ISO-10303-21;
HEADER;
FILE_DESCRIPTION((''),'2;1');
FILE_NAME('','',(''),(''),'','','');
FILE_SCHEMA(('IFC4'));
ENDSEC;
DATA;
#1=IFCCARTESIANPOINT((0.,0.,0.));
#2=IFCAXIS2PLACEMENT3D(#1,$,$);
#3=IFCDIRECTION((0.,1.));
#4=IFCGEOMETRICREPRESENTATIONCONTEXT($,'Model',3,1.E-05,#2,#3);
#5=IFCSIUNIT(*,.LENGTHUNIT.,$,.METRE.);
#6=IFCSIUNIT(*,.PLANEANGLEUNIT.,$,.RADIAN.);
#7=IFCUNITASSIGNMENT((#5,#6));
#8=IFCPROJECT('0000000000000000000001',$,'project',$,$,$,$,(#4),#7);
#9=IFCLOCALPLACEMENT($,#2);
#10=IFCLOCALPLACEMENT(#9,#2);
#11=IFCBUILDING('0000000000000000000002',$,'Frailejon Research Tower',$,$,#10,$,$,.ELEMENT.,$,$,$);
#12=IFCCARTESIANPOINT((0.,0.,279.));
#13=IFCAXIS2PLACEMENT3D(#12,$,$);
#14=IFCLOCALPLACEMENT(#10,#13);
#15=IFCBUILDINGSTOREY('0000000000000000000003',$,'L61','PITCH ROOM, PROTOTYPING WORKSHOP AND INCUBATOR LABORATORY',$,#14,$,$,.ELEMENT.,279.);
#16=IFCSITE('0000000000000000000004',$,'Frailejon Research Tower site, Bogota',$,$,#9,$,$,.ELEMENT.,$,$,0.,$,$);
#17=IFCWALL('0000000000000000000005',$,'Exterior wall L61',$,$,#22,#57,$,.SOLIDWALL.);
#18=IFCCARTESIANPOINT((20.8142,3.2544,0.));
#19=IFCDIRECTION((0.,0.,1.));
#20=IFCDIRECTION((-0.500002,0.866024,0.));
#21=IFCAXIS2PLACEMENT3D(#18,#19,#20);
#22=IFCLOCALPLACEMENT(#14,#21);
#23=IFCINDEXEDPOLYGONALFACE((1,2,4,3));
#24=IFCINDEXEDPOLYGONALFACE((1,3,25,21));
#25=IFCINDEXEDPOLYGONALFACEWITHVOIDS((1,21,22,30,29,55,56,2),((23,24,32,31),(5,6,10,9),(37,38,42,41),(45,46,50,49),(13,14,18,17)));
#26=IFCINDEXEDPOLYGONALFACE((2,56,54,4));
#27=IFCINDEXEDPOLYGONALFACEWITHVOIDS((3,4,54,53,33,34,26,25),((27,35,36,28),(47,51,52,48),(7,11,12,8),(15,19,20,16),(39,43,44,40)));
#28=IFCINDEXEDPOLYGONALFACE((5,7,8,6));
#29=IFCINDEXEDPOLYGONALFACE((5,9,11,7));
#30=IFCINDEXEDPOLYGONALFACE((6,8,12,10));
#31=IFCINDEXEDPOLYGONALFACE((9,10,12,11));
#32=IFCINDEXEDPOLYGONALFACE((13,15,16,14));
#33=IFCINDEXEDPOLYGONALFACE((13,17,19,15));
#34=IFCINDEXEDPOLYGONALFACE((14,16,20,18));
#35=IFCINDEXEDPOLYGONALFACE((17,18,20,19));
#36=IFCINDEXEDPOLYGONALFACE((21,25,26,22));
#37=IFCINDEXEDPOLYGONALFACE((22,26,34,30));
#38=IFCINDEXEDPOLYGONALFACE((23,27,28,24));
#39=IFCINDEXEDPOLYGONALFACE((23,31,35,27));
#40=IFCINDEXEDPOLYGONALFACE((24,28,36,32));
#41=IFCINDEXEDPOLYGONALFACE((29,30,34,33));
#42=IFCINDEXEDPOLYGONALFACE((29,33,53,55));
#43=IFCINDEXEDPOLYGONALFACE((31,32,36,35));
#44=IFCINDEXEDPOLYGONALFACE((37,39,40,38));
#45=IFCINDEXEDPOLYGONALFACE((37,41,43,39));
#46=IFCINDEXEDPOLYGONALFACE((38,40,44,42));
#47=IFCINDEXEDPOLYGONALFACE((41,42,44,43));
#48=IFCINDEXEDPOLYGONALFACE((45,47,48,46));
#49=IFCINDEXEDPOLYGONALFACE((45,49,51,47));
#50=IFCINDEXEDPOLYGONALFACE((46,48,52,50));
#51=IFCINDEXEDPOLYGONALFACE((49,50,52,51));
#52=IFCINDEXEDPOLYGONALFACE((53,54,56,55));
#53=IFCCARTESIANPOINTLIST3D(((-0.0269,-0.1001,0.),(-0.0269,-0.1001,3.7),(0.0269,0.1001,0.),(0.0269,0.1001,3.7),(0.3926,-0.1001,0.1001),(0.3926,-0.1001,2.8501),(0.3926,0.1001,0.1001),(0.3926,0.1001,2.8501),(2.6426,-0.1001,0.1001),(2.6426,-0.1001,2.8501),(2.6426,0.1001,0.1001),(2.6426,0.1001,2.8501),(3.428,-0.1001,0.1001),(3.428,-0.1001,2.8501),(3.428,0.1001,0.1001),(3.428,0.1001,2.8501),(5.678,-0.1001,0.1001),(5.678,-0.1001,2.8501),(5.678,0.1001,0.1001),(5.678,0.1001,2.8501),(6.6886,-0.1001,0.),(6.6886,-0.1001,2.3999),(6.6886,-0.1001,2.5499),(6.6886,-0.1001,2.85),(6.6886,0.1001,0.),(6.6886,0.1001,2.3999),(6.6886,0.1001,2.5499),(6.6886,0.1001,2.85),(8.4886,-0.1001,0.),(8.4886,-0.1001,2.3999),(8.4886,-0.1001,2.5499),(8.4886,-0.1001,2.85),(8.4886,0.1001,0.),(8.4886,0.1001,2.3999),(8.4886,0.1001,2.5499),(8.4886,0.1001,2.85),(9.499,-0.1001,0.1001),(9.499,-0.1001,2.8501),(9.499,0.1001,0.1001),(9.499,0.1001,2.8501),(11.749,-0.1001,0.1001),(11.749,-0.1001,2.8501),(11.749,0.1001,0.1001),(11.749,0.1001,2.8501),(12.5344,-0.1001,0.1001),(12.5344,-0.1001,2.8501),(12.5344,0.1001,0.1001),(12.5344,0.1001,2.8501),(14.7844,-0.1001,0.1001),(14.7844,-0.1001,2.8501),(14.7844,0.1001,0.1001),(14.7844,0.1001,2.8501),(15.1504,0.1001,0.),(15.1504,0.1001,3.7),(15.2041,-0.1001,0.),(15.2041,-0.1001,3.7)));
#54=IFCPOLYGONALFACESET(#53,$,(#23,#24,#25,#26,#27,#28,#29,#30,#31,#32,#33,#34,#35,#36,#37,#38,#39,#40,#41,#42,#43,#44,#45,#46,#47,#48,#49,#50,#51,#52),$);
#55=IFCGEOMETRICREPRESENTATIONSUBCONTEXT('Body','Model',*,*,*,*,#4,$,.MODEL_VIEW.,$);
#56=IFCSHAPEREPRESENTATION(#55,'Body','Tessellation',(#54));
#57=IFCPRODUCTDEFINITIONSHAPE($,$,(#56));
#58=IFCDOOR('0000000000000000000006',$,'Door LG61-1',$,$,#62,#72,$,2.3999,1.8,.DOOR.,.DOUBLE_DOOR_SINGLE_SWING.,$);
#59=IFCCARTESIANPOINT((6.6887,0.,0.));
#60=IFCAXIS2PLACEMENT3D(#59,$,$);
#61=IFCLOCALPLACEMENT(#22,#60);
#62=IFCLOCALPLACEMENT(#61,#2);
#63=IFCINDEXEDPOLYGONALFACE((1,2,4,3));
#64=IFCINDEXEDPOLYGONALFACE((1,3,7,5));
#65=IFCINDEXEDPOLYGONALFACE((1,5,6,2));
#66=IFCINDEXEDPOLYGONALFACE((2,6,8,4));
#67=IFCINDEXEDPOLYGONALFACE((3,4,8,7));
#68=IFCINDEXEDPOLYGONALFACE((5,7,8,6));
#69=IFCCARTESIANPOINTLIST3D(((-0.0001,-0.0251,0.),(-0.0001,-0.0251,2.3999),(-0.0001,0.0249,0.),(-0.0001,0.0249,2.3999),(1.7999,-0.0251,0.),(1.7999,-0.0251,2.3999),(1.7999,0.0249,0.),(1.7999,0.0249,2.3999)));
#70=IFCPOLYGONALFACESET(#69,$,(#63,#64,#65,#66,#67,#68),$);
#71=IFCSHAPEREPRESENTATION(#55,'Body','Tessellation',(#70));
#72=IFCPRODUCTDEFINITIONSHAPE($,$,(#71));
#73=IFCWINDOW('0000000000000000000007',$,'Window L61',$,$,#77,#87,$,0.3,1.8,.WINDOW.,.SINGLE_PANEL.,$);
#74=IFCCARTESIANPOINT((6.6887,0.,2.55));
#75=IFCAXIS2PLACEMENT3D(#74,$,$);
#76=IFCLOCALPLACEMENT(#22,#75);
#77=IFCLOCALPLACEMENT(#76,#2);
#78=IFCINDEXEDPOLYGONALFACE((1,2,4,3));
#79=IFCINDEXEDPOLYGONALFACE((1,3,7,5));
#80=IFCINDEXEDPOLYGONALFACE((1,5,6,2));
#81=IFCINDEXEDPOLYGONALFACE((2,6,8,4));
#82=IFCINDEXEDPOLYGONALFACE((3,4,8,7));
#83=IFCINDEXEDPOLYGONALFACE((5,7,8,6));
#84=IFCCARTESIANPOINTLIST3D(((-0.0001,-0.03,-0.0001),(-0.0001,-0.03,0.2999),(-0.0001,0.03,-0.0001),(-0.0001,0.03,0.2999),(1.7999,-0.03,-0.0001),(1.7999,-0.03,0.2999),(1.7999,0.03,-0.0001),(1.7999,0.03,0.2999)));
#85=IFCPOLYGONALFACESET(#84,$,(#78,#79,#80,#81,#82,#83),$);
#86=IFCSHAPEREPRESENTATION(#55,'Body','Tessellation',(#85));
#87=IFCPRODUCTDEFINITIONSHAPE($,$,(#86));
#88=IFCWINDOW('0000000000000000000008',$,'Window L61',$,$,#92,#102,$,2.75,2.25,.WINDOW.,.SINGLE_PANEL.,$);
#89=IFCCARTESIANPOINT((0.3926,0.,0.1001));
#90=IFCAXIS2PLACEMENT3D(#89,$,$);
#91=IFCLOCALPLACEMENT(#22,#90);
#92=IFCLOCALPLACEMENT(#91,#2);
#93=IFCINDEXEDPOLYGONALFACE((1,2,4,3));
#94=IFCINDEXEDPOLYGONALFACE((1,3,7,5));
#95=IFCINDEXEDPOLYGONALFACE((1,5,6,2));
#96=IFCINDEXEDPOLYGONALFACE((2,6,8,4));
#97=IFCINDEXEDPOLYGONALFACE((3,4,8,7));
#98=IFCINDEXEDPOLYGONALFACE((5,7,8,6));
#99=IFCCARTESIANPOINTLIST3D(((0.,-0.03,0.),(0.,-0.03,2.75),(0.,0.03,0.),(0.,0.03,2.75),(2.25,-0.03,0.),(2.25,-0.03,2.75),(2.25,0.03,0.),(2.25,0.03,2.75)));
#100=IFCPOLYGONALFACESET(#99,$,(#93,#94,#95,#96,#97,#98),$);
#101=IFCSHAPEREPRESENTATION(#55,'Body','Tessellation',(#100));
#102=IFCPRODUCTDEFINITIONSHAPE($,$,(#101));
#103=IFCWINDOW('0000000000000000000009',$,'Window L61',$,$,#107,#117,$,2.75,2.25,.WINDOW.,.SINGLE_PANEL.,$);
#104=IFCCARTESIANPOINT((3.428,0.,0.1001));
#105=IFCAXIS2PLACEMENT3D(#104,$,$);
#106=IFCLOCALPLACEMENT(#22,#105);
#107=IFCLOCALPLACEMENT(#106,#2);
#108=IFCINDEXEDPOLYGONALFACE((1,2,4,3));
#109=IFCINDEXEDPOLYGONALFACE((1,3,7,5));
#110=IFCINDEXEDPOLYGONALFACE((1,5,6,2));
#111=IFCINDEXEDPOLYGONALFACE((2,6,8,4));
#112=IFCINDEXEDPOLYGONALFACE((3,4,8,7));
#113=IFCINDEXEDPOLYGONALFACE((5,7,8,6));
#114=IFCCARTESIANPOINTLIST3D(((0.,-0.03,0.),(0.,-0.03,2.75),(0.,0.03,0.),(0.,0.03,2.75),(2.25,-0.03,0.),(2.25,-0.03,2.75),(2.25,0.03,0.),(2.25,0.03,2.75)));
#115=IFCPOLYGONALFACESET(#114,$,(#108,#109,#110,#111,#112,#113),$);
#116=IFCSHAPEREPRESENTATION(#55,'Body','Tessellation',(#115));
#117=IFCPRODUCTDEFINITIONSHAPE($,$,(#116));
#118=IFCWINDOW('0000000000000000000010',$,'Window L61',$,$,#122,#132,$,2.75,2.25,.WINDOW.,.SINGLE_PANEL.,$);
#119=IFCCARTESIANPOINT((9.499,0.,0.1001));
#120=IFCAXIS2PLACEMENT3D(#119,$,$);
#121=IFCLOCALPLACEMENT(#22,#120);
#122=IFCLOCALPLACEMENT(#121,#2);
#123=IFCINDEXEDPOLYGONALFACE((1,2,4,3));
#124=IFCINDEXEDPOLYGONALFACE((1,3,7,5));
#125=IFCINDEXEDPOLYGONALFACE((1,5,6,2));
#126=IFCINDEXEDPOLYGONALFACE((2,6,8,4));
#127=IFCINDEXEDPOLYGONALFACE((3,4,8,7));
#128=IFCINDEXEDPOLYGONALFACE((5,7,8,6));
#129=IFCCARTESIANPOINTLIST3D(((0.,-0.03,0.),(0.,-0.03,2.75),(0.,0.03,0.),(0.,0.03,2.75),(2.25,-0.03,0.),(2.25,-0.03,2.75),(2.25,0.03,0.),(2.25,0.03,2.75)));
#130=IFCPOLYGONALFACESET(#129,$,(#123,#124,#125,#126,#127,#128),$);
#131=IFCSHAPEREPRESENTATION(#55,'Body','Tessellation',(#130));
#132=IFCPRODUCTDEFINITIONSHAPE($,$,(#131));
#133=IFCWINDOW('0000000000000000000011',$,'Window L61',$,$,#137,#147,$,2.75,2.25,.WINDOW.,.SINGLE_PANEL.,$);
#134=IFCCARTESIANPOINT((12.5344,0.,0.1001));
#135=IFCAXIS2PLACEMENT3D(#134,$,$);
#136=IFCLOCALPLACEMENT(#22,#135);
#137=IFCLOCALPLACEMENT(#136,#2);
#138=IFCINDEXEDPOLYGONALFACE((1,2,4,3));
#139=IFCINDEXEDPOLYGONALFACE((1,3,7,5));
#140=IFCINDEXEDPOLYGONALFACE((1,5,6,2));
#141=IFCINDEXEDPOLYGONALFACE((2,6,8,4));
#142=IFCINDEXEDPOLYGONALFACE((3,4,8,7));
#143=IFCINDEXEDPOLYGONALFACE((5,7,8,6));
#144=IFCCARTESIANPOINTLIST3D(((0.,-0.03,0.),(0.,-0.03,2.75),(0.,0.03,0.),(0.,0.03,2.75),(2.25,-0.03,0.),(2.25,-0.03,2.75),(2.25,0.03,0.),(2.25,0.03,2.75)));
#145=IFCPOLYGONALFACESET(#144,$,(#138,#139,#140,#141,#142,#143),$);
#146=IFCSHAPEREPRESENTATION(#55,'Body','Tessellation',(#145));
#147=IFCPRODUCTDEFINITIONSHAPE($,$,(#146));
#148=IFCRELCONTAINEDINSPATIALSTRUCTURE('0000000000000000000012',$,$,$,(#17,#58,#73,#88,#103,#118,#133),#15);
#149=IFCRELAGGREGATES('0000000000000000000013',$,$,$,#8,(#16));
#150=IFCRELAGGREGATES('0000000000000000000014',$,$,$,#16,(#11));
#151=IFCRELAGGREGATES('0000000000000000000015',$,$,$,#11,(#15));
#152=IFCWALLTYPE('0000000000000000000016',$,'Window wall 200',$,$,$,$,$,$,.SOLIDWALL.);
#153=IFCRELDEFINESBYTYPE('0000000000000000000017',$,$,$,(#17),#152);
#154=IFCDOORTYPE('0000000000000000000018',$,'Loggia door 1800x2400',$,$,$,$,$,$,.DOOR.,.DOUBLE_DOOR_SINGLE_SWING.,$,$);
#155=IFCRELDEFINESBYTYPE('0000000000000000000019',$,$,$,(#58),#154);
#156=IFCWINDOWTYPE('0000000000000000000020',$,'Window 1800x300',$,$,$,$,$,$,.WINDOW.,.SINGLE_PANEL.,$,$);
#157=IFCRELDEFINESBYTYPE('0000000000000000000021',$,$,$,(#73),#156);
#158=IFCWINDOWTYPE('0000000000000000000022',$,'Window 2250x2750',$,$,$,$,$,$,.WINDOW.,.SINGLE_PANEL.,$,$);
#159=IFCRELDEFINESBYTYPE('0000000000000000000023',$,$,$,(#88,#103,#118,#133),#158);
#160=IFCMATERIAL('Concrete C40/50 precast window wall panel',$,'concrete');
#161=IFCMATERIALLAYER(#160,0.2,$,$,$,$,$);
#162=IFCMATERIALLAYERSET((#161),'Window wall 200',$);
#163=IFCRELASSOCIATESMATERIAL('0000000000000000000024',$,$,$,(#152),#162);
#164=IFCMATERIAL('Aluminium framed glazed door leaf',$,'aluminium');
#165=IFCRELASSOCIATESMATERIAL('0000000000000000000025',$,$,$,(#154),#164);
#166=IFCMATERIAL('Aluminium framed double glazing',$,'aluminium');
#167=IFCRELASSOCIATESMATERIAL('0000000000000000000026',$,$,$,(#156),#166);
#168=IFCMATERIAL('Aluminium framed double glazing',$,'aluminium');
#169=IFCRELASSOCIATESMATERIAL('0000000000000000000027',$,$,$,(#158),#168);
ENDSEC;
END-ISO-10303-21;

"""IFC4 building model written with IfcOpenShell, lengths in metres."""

from ifc_helpers import new_model, si_unit, direction, frame, frame_2d, origin, place, context, subcontext, project, spatial, polyline, rectangle, outline, extrude, material, layer, layer_set, type_object, element, fill, save


model = new_model("IFC4")

# Units and contexts
model_context = context("Model", 3, precision=1e-05, world=origin(), true_north=direction((0.0, 1.0)))
body_context = subcontext(model_context, "Body", "Model", "MODEL_VIEW")
ifc_project = project(units=[si_unit("LENGTHUNIT", "METRE"), si_unit("PLANEANGLEUNIT", "RADIAN")], contexts=[model_context])

# Site, building, storey
site_placement = place(None, origin())
site = spatial("IfcSite", under=ifc_project, at=site_placement, Name="Frailejon Research Tower site, Bogota", CompositionType="ELEMENT", RefElevation=0.0)
building_placement = place(site_placement, origin())
building = spatial("IfcBuilding", under=site, at=building_placement, Name="Frailejon Research Tower", CompositionType="ELEMENT")
storey_placement = place(building_placement, frame((0.0, 0.0, 279.0)))
storey = spatial("IfcBuildingStorey", under=building, at=storey_placement, Name="L61", Description="PITCH ROOM, PROTOTYPING WORKSHOP AND INCUBATOR LABORATORY", CompositionType="ELEMENT", Elevation=279.0)

# Wall, openings, door, windows
ifc_material_1 = material(Name="Concrete C40/50 precast window wall panel", Category="concrete")
ifc_layer_1 = layer(ifc_material_1, 0.2)
ifc_layer_set_1 = layer_set([ifc_layer_1], Name="Window wall 200")
wall_type = type_object("IfcWallType", Name="Window wall 200", PredefinedType="SOLIDWALL", material=ifc_layer_set_1)
wall_placement = place(storey_placement, frame((20.8142, 3.2544, 0.0), z_axis=(0.0, 0.0, 1.0), x_axis=(-0.500002, 0.866024, 0.0)))
wall = element("IfcWall", 1, at=wall_placement, inside=storey, type_object=wall_type, Name="Exterior wall L61", PredefinedType="SOLIDWALL", context=body_context, shape_type="SweptSolid", body=[
    extrude(outline(polyline([(-0.0269, -0.1001), (0.9885, -0.1001), (2.0039, -0.1001), (3.0193, -0.1001), (4.0347, -0.1001), (5.05, -0.1001), (6.0654, -0.1001), (7.0808, -0.1001), (8.0964, -0.1001), (9.1118, -0.1001), (10.1272, -0.1001), (11.1426, -0.1001), (12.158, -0.1001), (13.1733, -0.1001), (14.1887, -0.1001), (15.2041, -0.1001), (15.1504, 0.1001), (14.1421, 0.1001), (13.134, 0.1001), (12.1257, 0.1001), (11.1174, 0.1001), (10.1091, 0.1001), (9.1011, 0.1001), (8.0928, 0.1001), (7.0845, 0.1001), (6.0762, 0.1001), (5.0681, 0.1001), (4.0598, 0.1001), (3.0515, 0.1001), (2.0432, 0.1001), (1.0352, 0.1001), (0.0269, 0.1001), (-0.0269, -0.1001)])), origin(), (0.0, 0.0, 1.0), 3.7),
])
opening_1_placement = place(wall_placement, frame((0.3926, 0.0, 0.1001)))
opening_1 = element("IfcOpeningElement", 2, at=opening_1_placement, cuts=wall, PredefinedType="OPENING", context=body_context, shape_type="SweptSolid", body=[
    extrude(rectangle(XDim=2.25, YDim=2.75, at=frame_2d((1.125, 1.375))), frame((0.0, 0.1099, 0.0), z_axis=(0.0, -1.0, 0.0), x_axis=(1.0, 0.0, 0.0)), (0.0, 0.0, 1.0), 0.22),
])
opening_2_placement = place(wall_placement, frame((3.428, 0.0, 0.1001)))
opening_2 = element("IfcOpeningElement", 3, at=opening_2_placement, cuts=wall, PredefinedType="OPENING", context=body_context, shape_type="SweptSolid", body=[
    extrude(rectangle(XDim=2.25, YDim=2.75, at=frame_2d((1.125, 1.375))), frame((0.0, 0.1099, 0.0), z_axis=(0.0, -1.0, 0.0), x_axis=(1.0, 0.0, 0.0)), (0.0, 0.0, 1.0), 0.22),
])
opening_3_placement = place(wall_placement, frame((6.6887, 0.0, 0.0)))
opening_3 = element("IfcOpeningElement", 4, at=opening_3_placement, cuts=wall, PredefinedType="OPENING", context=body_context, shape_type="SweptSolid", body=[
    extrude(rectangle(XDim=1.8, YDim=2.3999, at=frame_2d((0.8999, 1.2))), frame((0.0, 0.1099, 0.0), z_axis=(0.0, -1.0, 0.0), x_axis=(1.0, 0.0, 0.0)), (0.0, 0.0, 1.0), 0.22),
])
opening_4_placement = place(wall_placement, frame((6.6887, 0.0, 2.55)))
opening_4 = element("IfcOpeningElement", 5, at=opening_4_placement, cuts=wall, PredefinedType="OPENING", context=body_context, shape_type="SweptSolid", body=[
    extrude(rectangle(XDim=1.8, YDim=0.3, at=frame_2d((0.8999, 0.1499))), frame((0.0, 0.1099, 0.0), z_axis=(0.0, -1.0, 0.0), x_axis=(1.0, 0.0, 0.0)), (0.0, 0.0, 1.0), 0.22),
])
opening_5_placement = place(wall_placement, frame((9.499, 0.0, 0.1001)))
opening_5 = element("IfcOpeningElement", 6, at=opening_5_placement, cuts=wall, PredefinedType="OPENING", context=body_context, shape_type="SweptSolid", body=[
    extrude(rectangle(XDim=2.25, YDim=2.75, at=frame_2d((1.125, 1.375))), frame((0.0, 0.1099, 0.0), z_axis=(0.0, -1.0, 0.0), x_axis=(1.0, 0.0, 0.0)), (0.0, 0.0, 1.0), 0.22),
])
opening_6_placement = place(wall_placement, frame((12.5344, 0.0, 0.1001)))
opening_6 = element("IfcOpeningElement", 7, at=opening_6_placement, cuts=wall, PredefinedType="OPENING", context=body_context, shape_type="SweptSolid", body=[
    extrude(rectangle(XDim=2.25, YDim=2.75, at=frame_2d((1.125, 1.375))), frame((0.0, 0.1099, 0.0), z_axis=(0.0, -1.0, 0.0), x_axis=(1.0, 0.0, 0.0)), (0.0, 0.0, 1.0), 0.22),
])
ifc_material_2 = material(Name="Aluminium framed glazed door leaf", Category="aluminium")
door_type = type_object("IfcDoorType", Name="Loggia door 1800x2400", OperationType="DOUBLE_DOOR_SINGLE_SWING", PredefinedType="DOOR", material=ifc_material_2)
door_placement = place(opening_3_placement, origin())
door = element("IfcDoor", 8, at=door_placement, inside=storey, type_object=door_type, Name="Door LG61-1", OperationType="DOUBLE_DOOR_SINGLE_SWING", OverallHeight=2.3999, OverallWidth=1.8, PredefinedType="DOOR", context=body_context, shape_type="SweptSolid", body=[
    extrude(rectangle(XDim=1.8, YDim=2.3999, at=frame_2d((0.8999, 1.2))), frame((0.0, 0.0249, 0.0), z_axis=(0.0, -1.0, 0.0), x_axis=(1.0, 0.0, 0.0)), (0.0, 0.0, 1.0), 0.05),
])
fill(opening_3, door)
ifc_material_3 = material(Name="Aluminium framed double glazing", Category="aluminium")
window_type_1 = type_object("IfcWindowType", Name="Window 1800x300", PartitioningType="SINGLE_PANEL", PredefinedType="WINDOW", material=ifc_material_3)
window_1_placement = place(opening_4_placement, origin())
window_1 = element("IfcWindow", 9, at=window_1_placement, inside=storey, type_object=window_type_1, Name="Window L61", OverallHeight=0.3, OverallWidth=1.8, PartitioningType="SINGLE_PANEL", PredefinedType="WINDOW", context=body_context, shape_type="SweptSolid", body=[
    extrude(rectangle(XDim=1.8, YDim=0.3, at=frame_2d((0.8999, 0.1499))), frame((0.0, 0.03, 0.0), z_axis=(0.0, -1.0, 0.0), x_axis=(1.0, 0.0, 0.0)), (0.0, 0.0, 1.0), 0.0601),
])
fill(opening_4, window_1)
ifc_material_4 = material(Name="Aluminium framed double glazing", Category="aluminium")
window_type_2 = type_object("IfcWindowType", Name="Window 2250x2750", PartitioningType="SINGLE_PANEL", PredefinedType="WINDOW", material=ifc_material_4)
window_2_placement = place(opening_1_placement, origin())
window_2 = element("IfcWindow", 10, at=window_2_placement, inside=storey, type_object=window_type_2, Name="Window L61", OverallHeight=2.75, OverallWidth=2.25, PartitioningType="SINGLE_PANEL", PredefinedType="WINDOW", context=body_context, shape_type="SweptSolid", body=[
    extrude(rectangle(XDim=2.25, YDim=2.75, at=frame_2d((1.125, 1.375))), frame((0.0, 0.03, 0.0), z_axis=(0.0, -1.0, 0.0), x_axis=(1.0, 0.0, 0.0)), (0.0, 0.0, 1.0), 0.0601),
])
fill(opening_1, window_2)
window_3_placement = place(opening_2_placement, origin())
window_3 = element("IfcWindow", 11, at=window_3_placement, inside=storey, type_object=window_type_2, Name="Window L61", OverallHeight=2.75, OverallWidth=2.25, PartitioningType="SINGLE_PANEL", PredefinedType="WINDOW", context=body_context, shape_type="SweptSolid", body=[
    extrude(rectangle(XDim=2.25, YDim=2.75, at=frame_2d((1.125, 1.375))), frame((0.0, 0.03, 0.0), z_axis=(0.0, -1.0, 0.0), x_axis=(1.0, 0.0, 0.0)), (0.0, 0.0, 1.0), 0.0601),
])
fill(opening_2, window_3)
window_4_placement = place(opening_5_placement, origin())
window_4 = element("IfcWindow", 12, at=window_4_placement, inside=storey, type_object=window_type_2, Name="Window L61", OverallHeight=2.75, OverallWidth=2.25, PartitioningType="SINGLE_PANEL", PredefinedType="WINDOW", context=body_context, shape_type="SweptSolid", body=[
    extrude(rectangle(XDim=2.25, YDim=2.75, at=frame_2d((1.125, 1.375))), frame((0.0, 0.03, 0.0), z_axis=(0.0, -1.0, 0.0), x_axis=(1.0, 0.0, 0.0)), (0.0, 0.0, 1.0), 0.0601),
])
fill(opening_5, window_4)
window_5_placement = place(opening_6_placement, origin())
window_5 = element("IfcWindow", 13, at=window_5_placement, inside=storey, type_object=window_type_2, Name="Window L61", OverallHeight=2.75, OverallWidth=2.25, PartitioningType="SINGLE_PANEL", PredefinedType="WINDOW", context=body_context, shape_type="SweptSolid", body=[
    extrude(rectangle(XDim=2.25, YDim=2.75, at=frame_2d((1.125, 1.375))), frame((0.0, 0.03, 0.0), z_axis=(0.0, -1.0, 0.0), x_axis=(1.0, 0.0, 0.0)), (0.0, 0.0, 1.0), 0.0601),
])
fill(opening_6, window_5)

save(model, "model.ifc")
